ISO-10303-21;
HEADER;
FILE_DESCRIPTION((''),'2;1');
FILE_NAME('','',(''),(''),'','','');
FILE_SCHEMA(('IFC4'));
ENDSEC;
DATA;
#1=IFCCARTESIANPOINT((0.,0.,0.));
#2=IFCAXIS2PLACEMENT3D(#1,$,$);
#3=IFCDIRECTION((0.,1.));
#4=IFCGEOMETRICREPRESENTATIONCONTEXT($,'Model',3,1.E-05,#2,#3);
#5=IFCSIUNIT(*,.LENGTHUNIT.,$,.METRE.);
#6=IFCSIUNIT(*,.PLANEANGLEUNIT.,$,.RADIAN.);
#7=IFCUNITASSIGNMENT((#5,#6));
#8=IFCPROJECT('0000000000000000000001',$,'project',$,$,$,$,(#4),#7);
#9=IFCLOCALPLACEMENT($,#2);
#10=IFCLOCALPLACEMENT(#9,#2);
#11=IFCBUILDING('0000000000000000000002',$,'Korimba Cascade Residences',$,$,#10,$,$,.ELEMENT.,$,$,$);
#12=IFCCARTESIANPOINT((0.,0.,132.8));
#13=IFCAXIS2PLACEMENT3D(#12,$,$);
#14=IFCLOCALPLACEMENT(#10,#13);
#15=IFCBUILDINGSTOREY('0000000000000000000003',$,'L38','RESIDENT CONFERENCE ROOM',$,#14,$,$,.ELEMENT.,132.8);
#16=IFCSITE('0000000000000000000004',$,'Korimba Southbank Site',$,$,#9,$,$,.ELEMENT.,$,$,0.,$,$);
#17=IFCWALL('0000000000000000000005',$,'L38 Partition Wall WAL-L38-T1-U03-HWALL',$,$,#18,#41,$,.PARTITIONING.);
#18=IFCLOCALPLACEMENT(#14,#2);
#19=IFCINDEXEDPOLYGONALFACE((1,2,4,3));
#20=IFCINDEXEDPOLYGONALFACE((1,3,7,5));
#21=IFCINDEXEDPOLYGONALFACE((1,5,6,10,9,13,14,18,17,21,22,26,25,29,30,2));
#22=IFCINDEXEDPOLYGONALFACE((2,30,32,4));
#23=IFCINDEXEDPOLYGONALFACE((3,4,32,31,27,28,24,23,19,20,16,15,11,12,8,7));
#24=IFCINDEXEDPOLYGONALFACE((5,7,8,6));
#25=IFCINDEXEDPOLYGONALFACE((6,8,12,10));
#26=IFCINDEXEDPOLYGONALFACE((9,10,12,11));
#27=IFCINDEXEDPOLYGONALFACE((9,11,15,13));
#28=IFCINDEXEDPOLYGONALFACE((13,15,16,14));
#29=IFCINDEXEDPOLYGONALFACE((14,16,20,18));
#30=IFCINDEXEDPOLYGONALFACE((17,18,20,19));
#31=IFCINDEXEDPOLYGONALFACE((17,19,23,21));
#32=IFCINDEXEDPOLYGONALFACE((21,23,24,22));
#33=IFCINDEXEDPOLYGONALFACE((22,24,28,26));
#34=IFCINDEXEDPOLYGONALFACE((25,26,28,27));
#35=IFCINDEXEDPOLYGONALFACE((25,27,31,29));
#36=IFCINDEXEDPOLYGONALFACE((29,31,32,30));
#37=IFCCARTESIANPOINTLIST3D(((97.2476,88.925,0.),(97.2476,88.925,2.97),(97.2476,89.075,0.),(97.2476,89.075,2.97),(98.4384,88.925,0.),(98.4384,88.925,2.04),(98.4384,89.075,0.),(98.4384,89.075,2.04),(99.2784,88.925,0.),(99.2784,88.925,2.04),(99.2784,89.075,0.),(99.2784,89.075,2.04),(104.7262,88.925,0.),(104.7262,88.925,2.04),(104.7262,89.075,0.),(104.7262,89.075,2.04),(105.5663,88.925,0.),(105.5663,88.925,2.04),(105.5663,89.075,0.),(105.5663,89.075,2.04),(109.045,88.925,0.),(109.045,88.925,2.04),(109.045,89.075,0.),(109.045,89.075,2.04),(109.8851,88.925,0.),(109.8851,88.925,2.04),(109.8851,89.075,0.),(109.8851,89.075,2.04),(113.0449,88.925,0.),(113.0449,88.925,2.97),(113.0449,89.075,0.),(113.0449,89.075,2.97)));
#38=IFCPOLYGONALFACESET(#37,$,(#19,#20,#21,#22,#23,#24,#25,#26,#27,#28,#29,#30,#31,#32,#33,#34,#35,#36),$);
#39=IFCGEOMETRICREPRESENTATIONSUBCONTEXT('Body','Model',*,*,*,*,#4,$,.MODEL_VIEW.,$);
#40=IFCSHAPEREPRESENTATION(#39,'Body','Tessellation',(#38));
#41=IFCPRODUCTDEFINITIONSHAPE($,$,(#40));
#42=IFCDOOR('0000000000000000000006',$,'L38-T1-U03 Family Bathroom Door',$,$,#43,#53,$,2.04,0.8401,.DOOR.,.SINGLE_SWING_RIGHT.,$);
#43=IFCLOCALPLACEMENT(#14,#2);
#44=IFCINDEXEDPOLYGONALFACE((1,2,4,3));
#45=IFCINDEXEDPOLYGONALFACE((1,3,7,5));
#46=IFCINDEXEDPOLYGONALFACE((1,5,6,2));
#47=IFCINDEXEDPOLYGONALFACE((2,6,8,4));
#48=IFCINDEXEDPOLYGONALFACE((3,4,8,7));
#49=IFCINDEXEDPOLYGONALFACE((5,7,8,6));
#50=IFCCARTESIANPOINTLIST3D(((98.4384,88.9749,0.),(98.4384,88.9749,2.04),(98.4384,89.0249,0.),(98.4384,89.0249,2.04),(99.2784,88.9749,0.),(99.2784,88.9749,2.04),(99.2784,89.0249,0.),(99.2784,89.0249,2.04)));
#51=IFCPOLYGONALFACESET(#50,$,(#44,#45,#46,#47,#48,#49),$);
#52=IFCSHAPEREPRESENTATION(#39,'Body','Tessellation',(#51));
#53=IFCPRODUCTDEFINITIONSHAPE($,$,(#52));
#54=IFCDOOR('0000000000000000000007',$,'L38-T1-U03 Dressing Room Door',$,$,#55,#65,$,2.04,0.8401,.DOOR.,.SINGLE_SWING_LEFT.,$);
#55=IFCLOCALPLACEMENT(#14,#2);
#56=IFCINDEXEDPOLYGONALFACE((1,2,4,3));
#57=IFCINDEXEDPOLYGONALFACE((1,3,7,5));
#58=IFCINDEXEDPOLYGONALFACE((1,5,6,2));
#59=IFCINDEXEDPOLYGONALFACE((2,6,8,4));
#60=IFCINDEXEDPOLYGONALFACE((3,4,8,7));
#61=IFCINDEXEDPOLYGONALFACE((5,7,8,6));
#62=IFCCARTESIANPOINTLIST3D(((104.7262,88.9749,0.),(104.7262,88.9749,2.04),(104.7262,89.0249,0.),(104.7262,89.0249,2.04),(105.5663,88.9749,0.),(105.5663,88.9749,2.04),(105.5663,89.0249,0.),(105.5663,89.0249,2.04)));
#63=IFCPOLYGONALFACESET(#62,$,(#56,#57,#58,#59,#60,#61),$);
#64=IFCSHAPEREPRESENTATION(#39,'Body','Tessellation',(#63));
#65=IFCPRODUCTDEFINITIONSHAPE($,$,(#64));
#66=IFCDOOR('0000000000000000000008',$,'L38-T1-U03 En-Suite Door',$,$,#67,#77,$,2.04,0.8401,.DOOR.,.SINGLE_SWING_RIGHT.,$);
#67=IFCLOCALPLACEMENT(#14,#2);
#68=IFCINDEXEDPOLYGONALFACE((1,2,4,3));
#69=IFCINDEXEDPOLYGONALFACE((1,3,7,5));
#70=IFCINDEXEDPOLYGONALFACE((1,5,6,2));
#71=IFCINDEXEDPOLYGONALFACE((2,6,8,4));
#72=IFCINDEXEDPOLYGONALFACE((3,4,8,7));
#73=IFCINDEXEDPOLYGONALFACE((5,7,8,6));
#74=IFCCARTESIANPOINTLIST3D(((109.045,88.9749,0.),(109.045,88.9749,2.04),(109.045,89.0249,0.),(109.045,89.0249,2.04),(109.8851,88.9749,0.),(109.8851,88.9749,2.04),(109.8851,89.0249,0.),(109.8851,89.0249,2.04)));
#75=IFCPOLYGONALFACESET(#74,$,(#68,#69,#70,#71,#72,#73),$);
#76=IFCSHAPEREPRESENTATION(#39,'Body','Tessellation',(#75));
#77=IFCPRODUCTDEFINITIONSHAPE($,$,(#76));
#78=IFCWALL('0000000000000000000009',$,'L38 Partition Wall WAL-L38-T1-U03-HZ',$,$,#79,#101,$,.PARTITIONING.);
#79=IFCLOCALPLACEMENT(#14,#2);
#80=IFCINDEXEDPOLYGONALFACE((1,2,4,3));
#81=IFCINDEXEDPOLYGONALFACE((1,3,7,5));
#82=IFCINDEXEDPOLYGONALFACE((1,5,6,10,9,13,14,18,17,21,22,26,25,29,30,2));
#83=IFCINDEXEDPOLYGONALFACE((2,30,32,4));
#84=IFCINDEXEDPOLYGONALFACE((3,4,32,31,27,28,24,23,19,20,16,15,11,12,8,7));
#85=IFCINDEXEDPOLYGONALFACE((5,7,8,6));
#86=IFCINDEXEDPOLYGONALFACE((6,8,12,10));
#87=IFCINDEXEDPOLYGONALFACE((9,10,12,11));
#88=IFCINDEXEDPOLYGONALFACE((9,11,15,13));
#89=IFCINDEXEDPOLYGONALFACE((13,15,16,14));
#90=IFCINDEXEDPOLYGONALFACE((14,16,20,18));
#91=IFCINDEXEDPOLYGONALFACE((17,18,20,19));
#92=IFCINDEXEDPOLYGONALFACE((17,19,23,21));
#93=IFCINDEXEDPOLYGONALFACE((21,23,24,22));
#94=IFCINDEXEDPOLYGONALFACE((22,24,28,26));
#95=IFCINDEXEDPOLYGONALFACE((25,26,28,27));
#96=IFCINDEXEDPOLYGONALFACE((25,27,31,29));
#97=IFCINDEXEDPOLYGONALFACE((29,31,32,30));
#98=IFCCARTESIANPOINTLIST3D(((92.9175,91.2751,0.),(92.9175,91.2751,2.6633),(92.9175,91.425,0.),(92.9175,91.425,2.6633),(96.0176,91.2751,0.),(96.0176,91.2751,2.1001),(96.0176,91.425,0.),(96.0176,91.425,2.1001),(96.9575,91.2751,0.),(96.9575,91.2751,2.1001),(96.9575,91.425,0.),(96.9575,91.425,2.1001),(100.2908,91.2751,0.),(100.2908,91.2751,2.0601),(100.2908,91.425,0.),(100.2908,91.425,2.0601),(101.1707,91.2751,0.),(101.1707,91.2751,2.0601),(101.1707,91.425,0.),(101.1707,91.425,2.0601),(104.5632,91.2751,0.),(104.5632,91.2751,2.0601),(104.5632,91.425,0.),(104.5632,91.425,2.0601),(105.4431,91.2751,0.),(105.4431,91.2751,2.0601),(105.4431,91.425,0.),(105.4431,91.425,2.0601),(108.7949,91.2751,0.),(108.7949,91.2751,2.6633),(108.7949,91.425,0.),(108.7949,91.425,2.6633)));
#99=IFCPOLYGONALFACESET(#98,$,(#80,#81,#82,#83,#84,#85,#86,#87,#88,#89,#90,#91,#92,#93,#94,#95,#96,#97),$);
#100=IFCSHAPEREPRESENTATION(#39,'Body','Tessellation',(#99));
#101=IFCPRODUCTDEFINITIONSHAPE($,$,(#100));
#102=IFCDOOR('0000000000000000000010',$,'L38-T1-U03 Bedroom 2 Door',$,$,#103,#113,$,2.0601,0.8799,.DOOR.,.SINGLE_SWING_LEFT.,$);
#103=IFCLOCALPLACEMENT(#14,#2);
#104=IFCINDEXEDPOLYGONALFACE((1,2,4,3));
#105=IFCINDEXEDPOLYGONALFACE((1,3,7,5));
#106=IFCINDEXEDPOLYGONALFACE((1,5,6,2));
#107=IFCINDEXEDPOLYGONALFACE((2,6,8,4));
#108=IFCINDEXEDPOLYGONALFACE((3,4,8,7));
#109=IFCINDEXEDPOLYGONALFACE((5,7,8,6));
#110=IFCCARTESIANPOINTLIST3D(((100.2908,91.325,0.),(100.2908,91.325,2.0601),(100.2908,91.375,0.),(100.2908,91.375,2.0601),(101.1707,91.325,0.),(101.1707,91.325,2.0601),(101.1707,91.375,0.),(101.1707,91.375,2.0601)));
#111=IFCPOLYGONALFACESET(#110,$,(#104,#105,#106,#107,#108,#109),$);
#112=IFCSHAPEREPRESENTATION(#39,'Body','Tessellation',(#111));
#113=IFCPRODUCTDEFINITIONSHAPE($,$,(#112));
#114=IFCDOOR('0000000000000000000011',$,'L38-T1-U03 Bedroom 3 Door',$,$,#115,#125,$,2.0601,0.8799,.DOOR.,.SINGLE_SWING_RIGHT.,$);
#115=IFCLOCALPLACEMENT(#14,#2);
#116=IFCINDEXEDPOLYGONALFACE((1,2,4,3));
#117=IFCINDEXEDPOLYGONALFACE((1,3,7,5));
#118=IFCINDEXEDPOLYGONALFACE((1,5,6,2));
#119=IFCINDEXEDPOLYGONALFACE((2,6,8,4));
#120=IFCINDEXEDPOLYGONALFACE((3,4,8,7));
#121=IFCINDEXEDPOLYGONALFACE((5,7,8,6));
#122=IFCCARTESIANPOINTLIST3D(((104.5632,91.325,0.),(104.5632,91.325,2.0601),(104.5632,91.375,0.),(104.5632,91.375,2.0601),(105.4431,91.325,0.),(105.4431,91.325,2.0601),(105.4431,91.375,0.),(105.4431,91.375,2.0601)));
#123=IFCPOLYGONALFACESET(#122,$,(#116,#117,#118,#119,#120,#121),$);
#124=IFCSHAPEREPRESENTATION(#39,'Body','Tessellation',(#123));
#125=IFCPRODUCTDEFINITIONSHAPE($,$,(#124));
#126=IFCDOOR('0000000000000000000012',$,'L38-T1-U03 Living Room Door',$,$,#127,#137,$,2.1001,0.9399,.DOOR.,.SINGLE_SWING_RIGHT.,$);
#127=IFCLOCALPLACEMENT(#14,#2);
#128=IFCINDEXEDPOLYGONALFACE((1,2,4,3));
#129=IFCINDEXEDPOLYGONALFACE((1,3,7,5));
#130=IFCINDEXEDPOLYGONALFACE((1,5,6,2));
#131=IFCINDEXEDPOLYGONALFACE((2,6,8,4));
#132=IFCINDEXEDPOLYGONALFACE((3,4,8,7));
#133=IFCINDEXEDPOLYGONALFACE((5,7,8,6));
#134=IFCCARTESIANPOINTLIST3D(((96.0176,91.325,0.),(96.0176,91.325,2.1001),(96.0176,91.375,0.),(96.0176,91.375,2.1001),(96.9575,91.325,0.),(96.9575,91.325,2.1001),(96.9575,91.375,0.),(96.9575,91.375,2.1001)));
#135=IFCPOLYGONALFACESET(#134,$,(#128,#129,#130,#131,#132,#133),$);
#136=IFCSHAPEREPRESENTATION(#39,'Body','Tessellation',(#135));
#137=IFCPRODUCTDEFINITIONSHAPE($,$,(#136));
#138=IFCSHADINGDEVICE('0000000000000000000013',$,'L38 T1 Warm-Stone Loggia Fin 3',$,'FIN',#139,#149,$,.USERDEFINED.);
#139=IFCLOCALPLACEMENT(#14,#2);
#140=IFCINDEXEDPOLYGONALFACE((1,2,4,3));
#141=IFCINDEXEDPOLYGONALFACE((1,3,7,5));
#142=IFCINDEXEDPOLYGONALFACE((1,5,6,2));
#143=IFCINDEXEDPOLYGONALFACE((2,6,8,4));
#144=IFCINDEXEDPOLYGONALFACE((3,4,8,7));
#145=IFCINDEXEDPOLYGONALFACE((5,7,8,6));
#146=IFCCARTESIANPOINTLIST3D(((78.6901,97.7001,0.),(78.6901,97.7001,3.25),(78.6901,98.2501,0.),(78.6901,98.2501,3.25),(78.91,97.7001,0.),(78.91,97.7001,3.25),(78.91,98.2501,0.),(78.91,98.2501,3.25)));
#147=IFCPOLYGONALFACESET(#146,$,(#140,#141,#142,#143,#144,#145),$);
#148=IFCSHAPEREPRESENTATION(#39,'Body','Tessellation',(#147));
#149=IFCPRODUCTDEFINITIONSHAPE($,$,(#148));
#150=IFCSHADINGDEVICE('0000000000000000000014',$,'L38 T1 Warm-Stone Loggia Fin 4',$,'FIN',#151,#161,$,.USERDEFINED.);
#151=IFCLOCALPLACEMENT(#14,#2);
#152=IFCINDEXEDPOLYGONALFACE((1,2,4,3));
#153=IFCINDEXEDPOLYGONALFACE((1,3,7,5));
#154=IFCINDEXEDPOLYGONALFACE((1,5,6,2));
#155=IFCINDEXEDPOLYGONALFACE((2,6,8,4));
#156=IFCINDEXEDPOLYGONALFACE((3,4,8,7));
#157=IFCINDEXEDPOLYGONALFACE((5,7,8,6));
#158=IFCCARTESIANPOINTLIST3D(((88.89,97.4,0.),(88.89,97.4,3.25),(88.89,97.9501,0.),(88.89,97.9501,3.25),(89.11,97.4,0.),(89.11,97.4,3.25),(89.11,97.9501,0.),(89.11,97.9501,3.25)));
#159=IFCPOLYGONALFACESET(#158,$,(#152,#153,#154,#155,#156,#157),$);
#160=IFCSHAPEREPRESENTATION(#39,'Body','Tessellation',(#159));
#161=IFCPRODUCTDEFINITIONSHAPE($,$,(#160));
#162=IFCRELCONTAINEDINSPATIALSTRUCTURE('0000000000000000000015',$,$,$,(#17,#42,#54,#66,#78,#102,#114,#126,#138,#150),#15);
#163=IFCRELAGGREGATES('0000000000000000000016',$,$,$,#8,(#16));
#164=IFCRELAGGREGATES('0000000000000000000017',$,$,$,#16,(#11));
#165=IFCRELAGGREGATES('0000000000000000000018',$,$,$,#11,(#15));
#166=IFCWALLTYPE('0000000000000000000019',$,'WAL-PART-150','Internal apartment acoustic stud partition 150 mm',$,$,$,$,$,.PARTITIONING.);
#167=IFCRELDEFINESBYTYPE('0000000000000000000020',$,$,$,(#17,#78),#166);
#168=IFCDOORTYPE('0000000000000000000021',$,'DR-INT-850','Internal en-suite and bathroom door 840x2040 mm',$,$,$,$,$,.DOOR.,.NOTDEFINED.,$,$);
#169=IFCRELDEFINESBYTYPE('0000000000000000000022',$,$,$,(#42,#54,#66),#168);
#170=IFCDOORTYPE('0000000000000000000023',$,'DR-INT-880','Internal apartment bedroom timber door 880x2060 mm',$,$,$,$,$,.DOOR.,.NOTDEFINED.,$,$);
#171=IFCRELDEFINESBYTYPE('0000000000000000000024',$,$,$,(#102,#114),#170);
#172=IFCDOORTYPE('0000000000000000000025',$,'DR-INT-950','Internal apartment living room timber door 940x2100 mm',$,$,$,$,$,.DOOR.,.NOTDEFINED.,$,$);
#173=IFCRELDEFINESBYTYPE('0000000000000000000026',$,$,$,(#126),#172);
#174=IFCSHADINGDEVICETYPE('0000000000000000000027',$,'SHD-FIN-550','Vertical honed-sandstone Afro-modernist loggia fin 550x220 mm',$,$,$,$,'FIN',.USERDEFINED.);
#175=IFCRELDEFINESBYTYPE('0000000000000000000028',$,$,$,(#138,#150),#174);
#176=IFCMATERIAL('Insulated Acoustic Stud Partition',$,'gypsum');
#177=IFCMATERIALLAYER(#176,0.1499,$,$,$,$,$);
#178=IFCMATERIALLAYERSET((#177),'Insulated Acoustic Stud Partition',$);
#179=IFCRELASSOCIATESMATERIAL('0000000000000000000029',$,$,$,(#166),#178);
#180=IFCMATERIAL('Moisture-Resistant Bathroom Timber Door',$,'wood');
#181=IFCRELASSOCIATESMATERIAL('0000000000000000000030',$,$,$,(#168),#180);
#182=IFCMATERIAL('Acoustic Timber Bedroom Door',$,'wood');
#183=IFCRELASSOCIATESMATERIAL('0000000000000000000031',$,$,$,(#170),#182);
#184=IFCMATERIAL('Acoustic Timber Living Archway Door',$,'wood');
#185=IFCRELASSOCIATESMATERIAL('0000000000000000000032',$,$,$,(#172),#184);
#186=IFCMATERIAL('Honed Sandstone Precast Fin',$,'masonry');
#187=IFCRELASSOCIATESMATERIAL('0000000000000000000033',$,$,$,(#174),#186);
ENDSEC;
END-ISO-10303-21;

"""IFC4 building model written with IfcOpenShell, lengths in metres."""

from ifc_helpers import new_model, si_unit, direction, frame, frame_2d, origin, origin_2d, place, context, subcontext, project, spatial, rectangle, extrude, material, layer, layer_set, type_object, element, fill, save


model = new_model("IFC4")

# Units and contexts
model_context = context("Model", 3, precision=1e-05, world=origin(), true_north=direction((0.0, 1.0)))
body_context = subcontext(model_context, "Body", "Model", "MODEL_VIEW")
ifc_project = project(units=[si_unit("LENGTHUNIT", "METRE"), si_unit("PLANEANGLEUNIT", "RADIAN")], contexts=[model_context])

# Site, building, storey
site_placement = place(None, origin())
site = spatial("IfcSite", under=ifc_project, at=site_placement, Name="Korimba Southbank Site", CompositionType="ELEMENT", RefElevation=0.0)
building_placement = place(site_placement, origin())
building = spatial("IfcBuilding", under=site, at=building_placement, Name="Korimba Cascade Residences", CompositionType="ELEMENT")
storey_placement = place(building_placement, frame((0.0, 0.0, 132.8)))
storey = spatial("IfcBuildingStorey", under=building, at=storey_placement, Name="L38", Description="RESIDENT CONFERENCE ROOM", CompositionType="ELEMENT", Elevation=132.8)

# Shared definitions
ifc_material_1 = material(Name="Insulated Acoustic Stud Partition", Category="gypsum")
ifc_layer = layer(ifc_material_1, 0.1499)
ifc_layer_set = layer_set([ifc_layer], Name="Insulated Acoustic Stud Partition")
wall_type = type_object("IfcWallType", Name="WAL-PART-150", Description="Internal apartment acoustic stud partition 150 mm", PredefinedType="PARTITIONING", material=ifc_layer_set)

# Walls, openings, doors
wall_1_placement = place(storey_placement, frame((97.2476, 89.0, 0.0), z_axis=(0.0, 0.0, 1.0), x_axis=(1.0, 0.0, 0.0)))
wall_1 = element("IfcWall", 1, at=wall_1_placement, inside=storey, type_object=wall_type, Name="L38 Partition Wall WAL-L38-T1-U03-HWALL", PredefinedType="PARTITIONING", context=body_context, shape_type="SweptSolid", body=[
    extrude(rectangle(XDim=15.7974, YDim=0.1499, at=frame_2d((7.8987, 0.0))), origin(), (0.0, 0.0, 1.0), 2.97),
])
opening_1_placement = place(wall_1_placement, frame((1.1909, 0.0, 0.0)))
opening_1 = element("IfcOpeningElement", 2, at=opening_1_placement, cuts=wall_1, PredefinedType="OPENING", context=body_context, shape_type="SweptSolid", body=[
    extrude(rectangle(XDim=0.8401, YDim=2.04, at=frame_2d((0.4199, 1.02))), frame((0.0, 0.085, 0.0), z_axis=(0.0, -1.0, 0.0), x_axis=(1.0, 0.0, 0.0)), (0.0, 0.0, 1.0), 0.1699),
])
opening_2_placement = place(wall_1_placement, frame((7.4788, 0.0, 0.0)))
opening_2 = element("IfcOpeningElement", 3, at=opening_2_placement, cuts=wall_1, PredefinedType="OPENING", context=body_context, shape_type="SweptSolid", body=[
    extrude(rectangle(XDim=0.8401, YDim=2.04, at=frame_2d((0.4199, 1.02))), frame((0.0, 0.085, 0.0), z_axis=(0.0, -1.0, 0.0), x_axis=(1.0, 0.0, 0.0)), (0.0, 0.0, 1.0), 0.1699),
])
opening_3_placement = place(wall_1_placement, frame((11.7976, 0.0, 0.0)))
opening_3 = element("IfcOpeningElement", 4, at=opening_3_placement, cuts=wall_1, PredefinedType="OPENING", context=body_context, shape_type="SweptSolid", body=[
    extrude(rectangle(XDim=0.8401, YDim=2.04, at=frame_2d((0.4199, 1.02))), frame((0.0, 0.085, 0.0), z_axis=(0.0, -1.0, 0.0), x_axis=(1.0, 0.0, 0.0)), (0.0, 0.0, 1.0), 0.1699),
])
ifc_material_2 = material(Name="Moisture-Resistant Bathroom Timber Door", Category="wood")
door_type_1 = type_object("IfcDoorType", Name="DR-INT-850", Description="Internal en-suite and bathroom door 840x2040 mm", OperationType="NOTDEFINED", PredefinedType="DOOR", material=ifc_material_2)
door_1_placement = place(opening_1_placement, origin())
door_1 = element("IfcDoor", 5, at=door_1_placement, inside=storey, type_object=door_type_1, Name="L38-T1-U03 Family Bathroom Door", OperationType="SINGLE_SWING_RIGHT", OverallHeight=2.04, OverallWidth=0.8401, PredefinedType="DOOR", context=body_context, shape_type="SweptSolid", body=[
    extrude(rectangle(XDim=0.8401, YDim=2.04, at=frame_2d((0.4199, 1.02))), frame((0.0, 0.0249, 0.0), z_axis=(0.0, -1.0, 0.0), x_axis=(1.0, 0.0, 0.0)), (0.0, 0.0, 1.0), 0.05),
])
fill(opening_1, door_1)
door_2_placement = place(opening_2_placement, origin())
door_2 = element("IfcDoor", 6, at=door_2_placement, inside=storey, type_object=door_type_1, Name="L38-T1-U03 Dressing Room Door", OperationType="SINGLE_SWING_LEFT", OverallHeight=2.04, OverallWidth=0.8401, PredefinedType="DOOR", context=body_context, shape_type="SweptSolid", body=[
    extrude(rectangle(XDim=0.8401, YDim=2.04, at=frame_2d((0.4199, 1.02))), frame((0.0, 0.0249, 0.0), z_axis=(0.0, -1.0, 0.0), x_axis=(1.0, 0.0, 0.0)), (0.0, 0.0, 1.0), 0.05),
])
fill(opening_2, door_2)
door_3_placement = place(opening_3_placement, origin())
door_3 = element("IfcDoor", 7, at=door_3_placement, inside=storey, type_object=door_type_1, Name="L38-T1-U03 En-Suite Door", OperationType="SINGLE_SWING_RIGHT", OverallHeight=2.04, OverallWidth=0.8401, PredefinedType="DOOR", context=body_context, shape_type="SweptSolid", body=[
    extrude(rectangle(XDim=0.8401, YDim=2.04, at=frame_2d((0.4199, 1.02))), frame((0.0, 0.0249, 0.0), z_axis=(0.0, -1.0, 0.0), x_axis=(1.0, 0.0, 0.0)), (0.0, 0.0, 1.0), 0.05),
])
fill(opening_3, door_3)
wall_2_placement = place(storey_placement, frame((92.9175, 91.3501, 0.0), z_axis=(0.0, 0.0, 1.0), x_axis=(1.0, 0.0, 0.0)))
wall_2 = element("IfcWall", 8, at=wall_2_placement, inside=storey, type_object=wall_type, Name="L38 Partition Wall WAL-L38-T1-U03-HZ", PredefinedType="PARTITIONING", context=body_context, shape_type="SweptSolid", body=[
    extrude(rectangle(XDim=15.8774, YDim=0.1499, at=frame_2d((7.9387, 0.0))), origin(), (0.0, 0.0, 1.0), 2.6633),
])
opening_4_placement = place(wall_2_placement, frame((3.1001, 0.0, 0.0)))
opening_4 = element("IfcOpeningElement", 9, at=opening_4_placement, cuts=wall_2, PredefinedType="OPENING", context=body_context, shape_type="SweptSolid", body=[
    extrude(rectangle(XDim=0.9399, YDim=2.1001, at=frame_2d((0.47, 1.05))), frame((0.0, 0.085, 0.0), z_axis=(0.0, -1.0, 0.0), x_axis=(1.0, 0.0, 0.0)), (0.0, 0.0, 1.0), 0.1699),
])
opening_5_placement = place(wall_2_placement, frame((7.3733, 0.0, 0.0)))
opening_5 = element("IfcOpeningElement", 10, at=opening_5_placement, cuts=wall_2, PredefinedType="OPENING", context=body_context, shape_type="SweptSolid", body=[
    extrude(rectangle(XDim=0.8799, YDim=2.0601, at=frame_2d((0.4399, 1.03))), frame((0.0, 0.085, 0.0), z_axis=(0.0, -1.0, 0.0), x_axis=(1.0, 0.0, 0.0)), (0.0, 0.0, 1.0), 0.1699),
])
opening_6_placement = place(wall_2_placement, frame((11.6458, 0.0, 0.0)))
opening_6 = element("IfcOpeningElement", 11, at=opening_6_placement, cuts=wall_2, PredefinedType="OPENING", context=body_context, shape_type="SweptSolid", body=[
    extrude(rectangle(XDim=0.8799, YDim=2.0601, at=frame_2d((0.4399, 1.03))), frame((0.0, 0.085, 0.0), z_axis=(0.0, -1.0, 0.0), x_axis=(1.0, 0.0, 0.0)), (0.0, 0.0, 1.0), 0.1699),
])
ifc_material_3 = material(Name="Acoustic Timber Bedroom Door", Category="wood")
door_type_2 = type_object("IfcDoorType", Name="DR-INT-880", Description="Internal apartment bedroom timber door 880x2060 mm", OperationType="NOTDEFINED", PredefinedType="DOOR", material=ifc_material_3)
door_4_placement = place(opening_5_placement, origin())
door_4 = element("IfcDoor", 12, at=door_4_placement, inside=storey, type_object=door_type_2, Name="L38-T1-U03 Bedroom 2 Door", OperationType="SINGLE_SWING_LEFT", OverallHeight=2.0601, OverallWidth=0.8799, PredefinedType="DOOR", context=body_context, shape_type="SweptSolid", body=[
    extrude(rectangle(XDim=0.8799, YDim=2.0601, at=frame_2d((0.4399, 1.03))), frame((0.0, 0.0249, 0.0), z_axis=(0.0, -1.0, 0.0), x_axis=(1.0, 0.0, 0.0)), (0.0, 0.0, 1.0), 0.05),
])
fill(opening_5, door_4)
door_5_placement = place(opening_6_placement, origin())
door_5 = element("IfcDoor", 13, at=door_5_placement, inside=storey, type_object=door_type_2, Name="L38-T1-U03 Bedroom 3 Door", OperationType="SINGLE_SWING_RIGHT", OverallHeight=2.0601, OverallWidth=0.8799, PredefinedType="DOOR", context=body_context, shape_type="SweptSolid", body=[
    extrude(rectangle(XDim=0.8799, YDim=2.0601, at=frame_2d((0.4399, 1.03))), frame((0.0, 0.0249, 0.0), z_axis=(0.0, -1.0, 0.0), x_axis=(1.0, 0.0, 0.0)), (0.0, 0.0, 1.0), 0.05),
])
fill(opening_6, door_5)
ifc_material_4 = material(Name="Acoustic Timber Living Archway Door", Category="wood")
door_type_3 = type_object("IfcDoorType", Name="DR-INT-950", Description="Internal apartment living room timber door 940x2100 mm", OperationType="NOTDEFINED", PredefinedType="DOOR", material=ifc_material_4)
door_6_placement = place(opening_4_placement, origin())
door_6 = element("IfcDoor", 14, at=door_6_placement, inside=storey, type_object=door_type_3, Name="L38-T1-U03 Living Room Door", OperationType="SINGLE_SWING_RIGHT", OverallHeight=2.1001, OverallWidth=0.9399, PredefinedType="DOOR", context=body_context, shape_type="SweptSolid", body=[
    extrude(rectangle(XDim=0.9399, YDim=2.1001, at=frame_2d((0.47, 1.05))), frame((0.0, 0.0249, 0.0), z_axis=(0.0, -1.0, 0.0), x_axis=(1.0, 0.0, 0.0)), (0.0, 0.0, 1.0), 0.05),
])
fill(opening_4, door_6)

# Shading devices
ifc_material_5 = material(Name="Honed Sandstone Precast Fin", Category="masonry")
shading_device_type = type_object("IfcShadingDeviceType", Name="SHD-FIN-550", Description="Vertical honed-sandstone Afro-modernist loggia fin 550x220 mm", ElementType="FIN", PredefinedType="USERDEFINED", material=ifc_material_5)
for number, where, z_axis, x_axis, name in (
    (15, (78.8, 97.9751, 0.0), (0.0, 0.0, 1.0), (1.0, 0.0, 0.0), "L38 T1 Warm-Stone Loggia Fin 3"),
    (16, (89.0, 97.675, 0.0), (0.0, 0.0, 1.0), (1.0, 0.0, 0.0), "L38 T1 Warm-Stone Loggia Fin 4"),
):
    element("IfcShadingDevice", number, at=place(storey_placement, frame(where, z_axis=z_axis, x_axis=x_axis)), inside=storey, type_object=shading_device_type, Name=name, ObjectType="FIN", PredefinedType="USERDEFINED", context=body_context, shape_type="SweptSolid", body=[
        extrude(rectangle(XDim=0.22, YDim=0.55, at=origin_2d()), origin(), (0.0, 0.0, 1.0), 3.25),
    ])

save(model, "model.ifc")
